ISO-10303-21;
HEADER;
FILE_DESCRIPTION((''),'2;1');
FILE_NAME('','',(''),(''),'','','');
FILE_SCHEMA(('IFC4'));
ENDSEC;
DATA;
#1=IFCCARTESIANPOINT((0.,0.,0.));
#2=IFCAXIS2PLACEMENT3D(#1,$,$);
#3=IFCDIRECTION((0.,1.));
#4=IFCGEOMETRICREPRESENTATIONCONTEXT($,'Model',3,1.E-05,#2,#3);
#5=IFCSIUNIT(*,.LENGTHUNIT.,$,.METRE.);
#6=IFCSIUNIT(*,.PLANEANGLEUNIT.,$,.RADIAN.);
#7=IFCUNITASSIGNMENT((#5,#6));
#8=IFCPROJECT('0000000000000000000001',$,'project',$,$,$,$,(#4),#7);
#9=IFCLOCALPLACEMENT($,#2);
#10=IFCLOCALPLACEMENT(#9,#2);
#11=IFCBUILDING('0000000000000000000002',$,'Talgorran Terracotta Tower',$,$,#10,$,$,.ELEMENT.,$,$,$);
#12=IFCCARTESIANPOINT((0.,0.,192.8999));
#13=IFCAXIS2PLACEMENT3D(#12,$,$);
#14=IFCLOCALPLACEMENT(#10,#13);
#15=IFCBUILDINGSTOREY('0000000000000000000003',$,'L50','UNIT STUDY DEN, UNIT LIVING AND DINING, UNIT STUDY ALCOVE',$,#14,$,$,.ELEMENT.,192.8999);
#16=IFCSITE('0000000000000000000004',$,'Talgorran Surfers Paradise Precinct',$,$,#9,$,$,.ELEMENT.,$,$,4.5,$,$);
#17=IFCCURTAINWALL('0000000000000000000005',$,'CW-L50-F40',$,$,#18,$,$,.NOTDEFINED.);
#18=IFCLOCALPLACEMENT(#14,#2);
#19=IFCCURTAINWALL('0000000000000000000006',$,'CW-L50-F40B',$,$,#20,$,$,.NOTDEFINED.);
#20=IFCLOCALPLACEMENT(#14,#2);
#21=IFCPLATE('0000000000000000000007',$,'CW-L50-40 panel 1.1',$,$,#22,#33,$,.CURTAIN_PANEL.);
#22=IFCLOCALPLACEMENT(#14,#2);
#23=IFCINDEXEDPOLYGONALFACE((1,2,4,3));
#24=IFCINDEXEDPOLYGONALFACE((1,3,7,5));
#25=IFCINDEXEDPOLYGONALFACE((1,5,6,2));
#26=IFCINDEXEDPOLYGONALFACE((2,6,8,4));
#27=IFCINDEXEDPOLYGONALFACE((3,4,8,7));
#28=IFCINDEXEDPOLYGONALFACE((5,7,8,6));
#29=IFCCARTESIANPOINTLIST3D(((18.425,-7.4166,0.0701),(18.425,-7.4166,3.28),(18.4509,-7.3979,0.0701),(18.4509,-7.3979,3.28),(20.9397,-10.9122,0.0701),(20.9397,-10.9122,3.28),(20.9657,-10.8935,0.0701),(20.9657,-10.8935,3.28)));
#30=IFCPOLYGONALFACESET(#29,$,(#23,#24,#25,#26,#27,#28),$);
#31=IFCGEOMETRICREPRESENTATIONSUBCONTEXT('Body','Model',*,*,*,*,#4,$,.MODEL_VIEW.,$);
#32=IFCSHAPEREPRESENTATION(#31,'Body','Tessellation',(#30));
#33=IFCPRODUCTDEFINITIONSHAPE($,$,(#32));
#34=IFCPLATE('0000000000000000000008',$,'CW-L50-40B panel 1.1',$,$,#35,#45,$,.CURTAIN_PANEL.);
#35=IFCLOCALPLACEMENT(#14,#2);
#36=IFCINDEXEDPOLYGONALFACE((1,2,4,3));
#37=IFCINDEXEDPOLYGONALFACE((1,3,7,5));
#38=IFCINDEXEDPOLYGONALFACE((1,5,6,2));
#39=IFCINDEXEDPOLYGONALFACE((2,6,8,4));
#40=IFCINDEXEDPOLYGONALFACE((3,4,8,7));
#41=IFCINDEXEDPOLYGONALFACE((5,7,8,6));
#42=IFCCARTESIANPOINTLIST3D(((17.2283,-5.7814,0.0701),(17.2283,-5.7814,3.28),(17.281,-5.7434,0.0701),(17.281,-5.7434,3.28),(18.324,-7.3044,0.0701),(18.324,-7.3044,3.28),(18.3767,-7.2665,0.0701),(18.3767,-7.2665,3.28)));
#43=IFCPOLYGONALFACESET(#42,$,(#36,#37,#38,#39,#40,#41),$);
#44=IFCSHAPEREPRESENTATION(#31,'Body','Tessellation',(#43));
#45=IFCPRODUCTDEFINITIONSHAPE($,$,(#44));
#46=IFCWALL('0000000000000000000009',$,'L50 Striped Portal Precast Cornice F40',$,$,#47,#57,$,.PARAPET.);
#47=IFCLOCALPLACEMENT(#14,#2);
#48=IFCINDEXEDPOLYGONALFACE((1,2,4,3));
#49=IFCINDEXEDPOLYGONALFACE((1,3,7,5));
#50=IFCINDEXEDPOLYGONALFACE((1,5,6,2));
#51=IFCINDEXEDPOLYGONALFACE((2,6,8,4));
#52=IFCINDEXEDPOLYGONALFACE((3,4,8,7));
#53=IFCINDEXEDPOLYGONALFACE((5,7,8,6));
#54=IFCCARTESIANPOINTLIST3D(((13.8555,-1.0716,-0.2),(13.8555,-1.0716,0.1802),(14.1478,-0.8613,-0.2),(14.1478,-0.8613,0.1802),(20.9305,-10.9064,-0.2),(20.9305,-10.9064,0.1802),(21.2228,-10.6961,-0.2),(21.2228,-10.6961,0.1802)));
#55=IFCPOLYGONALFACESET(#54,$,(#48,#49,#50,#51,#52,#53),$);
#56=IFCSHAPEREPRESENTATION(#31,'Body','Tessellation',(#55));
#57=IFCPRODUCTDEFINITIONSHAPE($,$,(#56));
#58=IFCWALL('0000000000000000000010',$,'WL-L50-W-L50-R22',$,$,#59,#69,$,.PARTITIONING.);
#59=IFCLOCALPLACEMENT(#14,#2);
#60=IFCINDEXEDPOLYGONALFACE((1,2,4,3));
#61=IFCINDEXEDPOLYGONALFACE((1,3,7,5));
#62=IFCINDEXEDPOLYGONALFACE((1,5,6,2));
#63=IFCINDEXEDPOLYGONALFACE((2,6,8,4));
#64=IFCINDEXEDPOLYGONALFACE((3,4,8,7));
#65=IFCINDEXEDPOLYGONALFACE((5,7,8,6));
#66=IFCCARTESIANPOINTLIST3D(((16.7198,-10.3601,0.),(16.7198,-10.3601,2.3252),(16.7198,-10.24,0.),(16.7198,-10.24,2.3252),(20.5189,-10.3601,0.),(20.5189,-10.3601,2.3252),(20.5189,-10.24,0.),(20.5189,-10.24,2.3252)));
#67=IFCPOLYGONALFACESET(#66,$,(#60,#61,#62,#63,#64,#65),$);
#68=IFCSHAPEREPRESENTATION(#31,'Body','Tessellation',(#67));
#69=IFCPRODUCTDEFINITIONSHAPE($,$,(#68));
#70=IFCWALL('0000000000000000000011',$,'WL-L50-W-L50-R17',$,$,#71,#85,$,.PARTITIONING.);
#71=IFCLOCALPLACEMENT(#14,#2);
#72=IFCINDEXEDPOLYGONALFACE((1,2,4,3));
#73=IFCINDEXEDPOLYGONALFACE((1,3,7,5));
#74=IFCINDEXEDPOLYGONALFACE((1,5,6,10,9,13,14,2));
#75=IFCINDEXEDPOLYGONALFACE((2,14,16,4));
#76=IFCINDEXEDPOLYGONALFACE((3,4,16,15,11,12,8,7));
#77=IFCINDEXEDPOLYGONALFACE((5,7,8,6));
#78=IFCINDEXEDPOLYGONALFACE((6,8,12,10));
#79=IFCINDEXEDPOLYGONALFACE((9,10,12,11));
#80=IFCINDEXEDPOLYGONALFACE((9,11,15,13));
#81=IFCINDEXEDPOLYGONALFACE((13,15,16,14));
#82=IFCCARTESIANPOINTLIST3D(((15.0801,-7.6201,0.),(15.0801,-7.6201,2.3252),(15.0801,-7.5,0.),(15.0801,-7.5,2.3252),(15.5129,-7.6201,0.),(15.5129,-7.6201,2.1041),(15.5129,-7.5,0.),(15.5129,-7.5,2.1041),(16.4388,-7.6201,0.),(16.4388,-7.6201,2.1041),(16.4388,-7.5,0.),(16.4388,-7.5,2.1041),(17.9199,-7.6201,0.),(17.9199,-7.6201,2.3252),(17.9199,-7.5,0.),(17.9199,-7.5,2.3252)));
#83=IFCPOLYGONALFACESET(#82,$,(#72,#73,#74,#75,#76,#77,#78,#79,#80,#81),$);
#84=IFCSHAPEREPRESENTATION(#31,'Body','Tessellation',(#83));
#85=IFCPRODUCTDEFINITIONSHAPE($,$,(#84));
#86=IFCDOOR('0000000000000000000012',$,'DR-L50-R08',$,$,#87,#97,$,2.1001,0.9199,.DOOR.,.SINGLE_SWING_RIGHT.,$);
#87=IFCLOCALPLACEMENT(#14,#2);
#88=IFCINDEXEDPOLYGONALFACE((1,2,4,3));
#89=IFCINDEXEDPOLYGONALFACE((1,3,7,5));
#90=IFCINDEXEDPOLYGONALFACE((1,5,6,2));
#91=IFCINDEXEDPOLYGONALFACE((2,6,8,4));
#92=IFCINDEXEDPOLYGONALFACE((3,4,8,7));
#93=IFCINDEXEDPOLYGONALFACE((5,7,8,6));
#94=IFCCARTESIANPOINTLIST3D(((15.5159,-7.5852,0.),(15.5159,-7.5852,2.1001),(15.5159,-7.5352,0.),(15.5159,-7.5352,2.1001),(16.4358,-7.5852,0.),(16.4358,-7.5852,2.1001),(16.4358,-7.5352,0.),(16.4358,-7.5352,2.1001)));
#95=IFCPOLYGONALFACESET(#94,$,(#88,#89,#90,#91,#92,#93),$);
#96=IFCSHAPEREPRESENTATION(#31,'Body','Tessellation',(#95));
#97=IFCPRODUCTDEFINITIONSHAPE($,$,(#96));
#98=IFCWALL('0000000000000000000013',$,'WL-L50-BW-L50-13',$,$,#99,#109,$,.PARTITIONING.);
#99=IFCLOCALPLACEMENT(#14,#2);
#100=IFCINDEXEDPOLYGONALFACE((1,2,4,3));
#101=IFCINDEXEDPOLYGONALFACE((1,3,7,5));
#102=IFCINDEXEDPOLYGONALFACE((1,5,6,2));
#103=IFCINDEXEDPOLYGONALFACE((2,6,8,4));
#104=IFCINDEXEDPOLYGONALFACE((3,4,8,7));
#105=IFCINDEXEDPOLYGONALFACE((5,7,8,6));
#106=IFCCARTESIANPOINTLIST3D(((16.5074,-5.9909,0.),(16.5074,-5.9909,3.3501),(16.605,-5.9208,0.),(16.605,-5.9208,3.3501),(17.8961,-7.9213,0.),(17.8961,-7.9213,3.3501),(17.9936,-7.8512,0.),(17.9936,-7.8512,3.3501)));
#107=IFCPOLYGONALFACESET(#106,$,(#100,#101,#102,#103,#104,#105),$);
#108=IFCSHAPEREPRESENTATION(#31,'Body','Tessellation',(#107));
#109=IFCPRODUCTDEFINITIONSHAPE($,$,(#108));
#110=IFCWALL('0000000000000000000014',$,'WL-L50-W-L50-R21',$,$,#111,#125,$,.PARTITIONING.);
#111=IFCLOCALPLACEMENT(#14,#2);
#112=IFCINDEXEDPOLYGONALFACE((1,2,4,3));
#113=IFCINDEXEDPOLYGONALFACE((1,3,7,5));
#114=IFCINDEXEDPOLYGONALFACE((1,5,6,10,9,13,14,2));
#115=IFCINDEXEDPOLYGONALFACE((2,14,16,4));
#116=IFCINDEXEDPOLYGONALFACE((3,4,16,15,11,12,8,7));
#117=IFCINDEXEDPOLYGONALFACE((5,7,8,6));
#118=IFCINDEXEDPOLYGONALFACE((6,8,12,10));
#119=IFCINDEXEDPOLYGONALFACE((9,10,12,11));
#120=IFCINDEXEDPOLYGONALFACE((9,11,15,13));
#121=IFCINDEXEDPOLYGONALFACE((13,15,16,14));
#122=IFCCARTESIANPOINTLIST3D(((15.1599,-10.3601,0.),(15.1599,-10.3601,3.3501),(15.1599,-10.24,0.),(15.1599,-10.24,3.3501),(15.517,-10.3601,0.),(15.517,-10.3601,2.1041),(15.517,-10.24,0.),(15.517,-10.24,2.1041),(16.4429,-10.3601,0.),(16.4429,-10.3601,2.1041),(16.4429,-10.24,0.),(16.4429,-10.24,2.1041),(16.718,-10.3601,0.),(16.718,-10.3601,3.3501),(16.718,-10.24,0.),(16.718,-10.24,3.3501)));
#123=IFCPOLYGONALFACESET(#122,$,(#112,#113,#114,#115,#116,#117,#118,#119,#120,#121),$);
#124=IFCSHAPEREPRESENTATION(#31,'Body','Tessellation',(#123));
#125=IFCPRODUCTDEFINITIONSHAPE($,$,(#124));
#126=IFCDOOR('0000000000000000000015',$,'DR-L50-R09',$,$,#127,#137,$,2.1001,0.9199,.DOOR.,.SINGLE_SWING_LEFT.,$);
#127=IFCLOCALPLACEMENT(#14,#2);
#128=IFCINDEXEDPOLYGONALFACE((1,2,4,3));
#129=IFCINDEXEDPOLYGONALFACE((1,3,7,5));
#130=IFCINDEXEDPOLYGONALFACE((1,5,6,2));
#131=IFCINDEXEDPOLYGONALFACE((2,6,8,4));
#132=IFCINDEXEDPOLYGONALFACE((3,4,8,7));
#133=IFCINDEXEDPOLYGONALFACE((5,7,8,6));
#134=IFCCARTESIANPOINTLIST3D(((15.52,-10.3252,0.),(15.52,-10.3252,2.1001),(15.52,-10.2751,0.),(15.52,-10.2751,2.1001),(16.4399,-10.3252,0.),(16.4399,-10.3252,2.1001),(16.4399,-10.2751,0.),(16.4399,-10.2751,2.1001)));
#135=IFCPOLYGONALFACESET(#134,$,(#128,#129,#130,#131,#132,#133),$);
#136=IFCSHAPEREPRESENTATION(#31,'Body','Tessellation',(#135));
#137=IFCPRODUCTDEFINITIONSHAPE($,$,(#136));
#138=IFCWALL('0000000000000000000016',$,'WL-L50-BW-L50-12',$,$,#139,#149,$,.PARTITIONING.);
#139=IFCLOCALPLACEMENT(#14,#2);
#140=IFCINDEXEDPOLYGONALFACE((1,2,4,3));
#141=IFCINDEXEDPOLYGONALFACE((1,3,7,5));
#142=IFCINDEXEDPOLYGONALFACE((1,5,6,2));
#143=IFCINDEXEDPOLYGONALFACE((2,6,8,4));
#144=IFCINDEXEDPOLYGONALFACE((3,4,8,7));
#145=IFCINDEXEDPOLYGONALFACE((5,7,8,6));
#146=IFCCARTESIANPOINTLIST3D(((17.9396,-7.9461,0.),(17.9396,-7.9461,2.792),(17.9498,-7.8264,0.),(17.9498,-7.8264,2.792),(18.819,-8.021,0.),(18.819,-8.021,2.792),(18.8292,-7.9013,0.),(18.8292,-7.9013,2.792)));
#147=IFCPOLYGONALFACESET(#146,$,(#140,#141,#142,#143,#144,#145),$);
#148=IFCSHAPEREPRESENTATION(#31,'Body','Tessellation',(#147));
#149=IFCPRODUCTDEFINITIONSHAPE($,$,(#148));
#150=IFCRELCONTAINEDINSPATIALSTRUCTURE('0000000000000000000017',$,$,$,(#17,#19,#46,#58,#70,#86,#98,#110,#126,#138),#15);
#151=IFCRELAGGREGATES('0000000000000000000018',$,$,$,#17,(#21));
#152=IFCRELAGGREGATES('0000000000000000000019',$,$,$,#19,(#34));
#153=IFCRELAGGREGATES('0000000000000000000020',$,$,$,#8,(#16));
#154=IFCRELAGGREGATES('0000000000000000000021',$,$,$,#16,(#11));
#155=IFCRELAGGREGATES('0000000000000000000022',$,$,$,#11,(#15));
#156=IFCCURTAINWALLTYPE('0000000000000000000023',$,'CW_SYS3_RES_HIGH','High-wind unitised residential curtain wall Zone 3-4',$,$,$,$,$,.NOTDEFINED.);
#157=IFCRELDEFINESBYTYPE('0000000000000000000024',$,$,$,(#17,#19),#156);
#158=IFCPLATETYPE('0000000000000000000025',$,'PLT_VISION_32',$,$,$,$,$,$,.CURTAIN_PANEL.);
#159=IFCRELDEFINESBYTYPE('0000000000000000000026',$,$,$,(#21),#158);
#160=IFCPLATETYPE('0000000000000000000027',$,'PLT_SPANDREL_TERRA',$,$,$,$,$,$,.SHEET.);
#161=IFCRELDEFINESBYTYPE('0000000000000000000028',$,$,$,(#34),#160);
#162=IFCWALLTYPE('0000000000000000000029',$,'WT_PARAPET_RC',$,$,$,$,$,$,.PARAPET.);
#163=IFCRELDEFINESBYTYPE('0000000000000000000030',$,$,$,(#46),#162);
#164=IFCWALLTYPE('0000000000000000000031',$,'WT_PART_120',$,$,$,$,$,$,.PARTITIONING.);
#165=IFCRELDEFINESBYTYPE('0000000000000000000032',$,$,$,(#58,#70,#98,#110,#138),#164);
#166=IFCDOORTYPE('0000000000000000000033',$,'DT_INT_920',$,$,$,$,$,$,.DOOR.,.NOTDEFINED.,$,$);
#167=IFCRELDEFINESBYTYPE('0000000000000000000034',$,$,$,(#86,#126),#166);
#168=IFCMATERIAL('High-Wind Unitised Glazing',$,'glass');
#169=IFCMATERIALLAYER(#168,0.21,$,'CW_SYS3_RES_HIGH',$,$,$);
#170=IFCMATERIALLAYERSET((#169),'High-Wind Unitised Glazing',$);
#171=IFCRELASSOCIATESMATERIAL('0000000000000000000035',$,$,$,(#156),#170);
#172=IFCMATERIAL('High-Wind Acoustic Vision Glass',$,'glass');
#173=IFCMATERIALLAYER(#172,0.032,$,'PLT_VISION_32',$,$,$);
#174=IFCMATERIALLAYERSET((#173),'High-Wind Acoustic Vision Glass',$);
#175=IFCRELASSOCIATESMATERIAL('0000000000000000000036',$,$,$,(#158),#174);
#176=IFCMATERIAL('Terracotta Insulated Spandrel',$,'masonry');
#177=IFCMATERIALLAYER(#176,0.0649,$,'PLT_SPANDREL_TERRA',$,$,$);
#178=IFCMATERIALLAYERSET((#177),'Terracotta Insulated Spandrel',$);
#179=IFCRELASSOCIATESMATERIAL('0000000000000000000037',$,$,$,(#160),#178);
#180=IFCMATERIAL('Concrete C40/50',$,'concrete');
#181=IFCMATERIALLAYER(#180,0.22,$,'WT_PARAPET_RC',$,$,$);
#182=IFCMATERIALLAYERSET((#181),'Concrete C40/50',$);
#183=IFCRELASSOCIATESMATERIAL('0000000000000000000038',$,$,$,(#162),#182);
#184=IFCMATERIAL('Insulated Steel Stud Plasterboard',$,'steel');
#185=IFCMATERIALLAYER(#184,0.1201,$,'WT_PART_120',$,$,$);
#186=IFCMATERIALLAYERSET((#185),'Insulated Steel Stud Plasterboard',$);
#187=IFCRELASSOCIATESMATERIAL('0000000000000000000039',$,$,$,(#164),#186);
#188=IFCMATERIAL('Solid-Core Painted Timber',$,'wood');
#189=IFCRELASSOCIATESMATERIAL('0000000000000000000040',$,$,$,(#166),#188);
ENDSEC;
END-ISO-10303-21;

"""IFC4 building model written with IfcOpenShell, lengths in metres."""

from ifc_helpers import new_model, si_unit, direction, frame, frame_2d, origin, origin_2d, place, context, subcontext, project, spatial, rectangle, extrude, source, transform, mapped, material, layer, layer_set, type_object, type_shapes, element, fill, aggregate, save


model = new_model("IFC4")

# Units and contexts
model_context = context("Model", 3, precision=1e-05, world=origin(), true_north=direction((0.0, 1.0)))
body_context = subcontext(model_context, "Body", "Model", "MODEL_VIEW")
ifc_project = project(units=[si_unit("LENGTHUNIT", "METRE"), si_unit("PLANEANGLEUNIT", "RADIAN")], contexts=[model_context])

# Site, building, storey
site_placement = place(None, origin())
site = spatial("IfcSite", under=ifc_project, at=site_placement, Name="Talgorran Surfers Paradise Precinct", CompositionType="ELEMENT", RefElevation=4.5)
building_placement = place(site_placement, origin())
building = spatial("IfcBuilding", under=site, at=building_placement, Name="Talgorran Terracotta Tower", CompositionType="ELEMENT")
storey_placement = place(building_placement, frame((0.0, 0.0, 192.8999)))
storey = spatial("IfcBuildingStorey", under=building, at=storey_placement, Name="L50", Description="UNIT STUDY DEN, UNIT LIVING AND DINING, UNIT STUDY ALCOVE", CompositionType="ELEMENT", Elevation=192.8999)

# Curtain wall
ifc_material_1 = material(Name="High-Wind Unitised Glazing", Category="glass")
ifc_layer_1 = layer(ifc_material_1, 0.21, Name="CW_SYS3_RES_HIGH")
ifc_layer_set_1 = layer_set([ifc_layer_1], Name="High-Wind Unitised Glazing")
curtain_wall_type = type_object("IfcCurtainWallType", Name="CW_SYS3_RES_HIGH", Description="High-wind unitised residential curtain wall Zone 3-4", PredefinedType="NOTDEFINED", material=ifc_layer_set_1)
curtain_wall_1_placement = place(storey_placement, origin())
curtain_wall_1 = element("IfcCurtainWall", 1, at=curtain_wall_1_placement, inside=storey, type_object=curtain_wall_type, Name="CW-L50-F40", PredefinedType="NOTDEFINED")

# Curtain wall
curtain_wall_2_placement = place(storey_placement, origin())
curtain_wall_2 = element("IfcCurtainWall", 2, at=curtain_wall_2_placement, inside=storey, type_object=curtain_wall_type, Name="CW-L50-F40B", PredefinedType="NOTDEFINED")

# Plates
ifc_material_2 = material(Name="High-Wind Acoustic Vision Glass", Category="glass")
ifc_layer_2 = layer(ifc_material_2, 0.032, Name="PLT_VISION_32")
ifc_layer_set_2 = layer_set([ifc_layer_2], Name="High-Wind Acoustic Vision Glass")
plate_type_1 = type_object("IfcPlateType", Name="PLT_VISION_32", PredefinedType="CURTAIN_PANEL", material=ifc_layer_set_2)
shared_shape_1 = source(origin(), body_context, "Body", "SweptSolid", [
    extrude(rectangle(XDim=4.3062, YDim=0.032, at=origin_2d()), origin(), (0.0, 0.0, 1.0), 3.21),
])
type_shapes(plate_type_1, [shared_shape_1])
plate_1_placement = place(storey_placement, frame((19.6953, -9.155, 0.0701), z_axis=(0.0, 0.0, 1.0), x_axis=(-0.58399, 0.811761, 0.0)))
plate_1 = element("IfcPlate", 3, at=plate_1_placement, type_object=plate_type_1, Name="CW-L50-40 panel 1.1", PredefinedType="CURTAIN_PANEL", context=body_context, shape_type="MappedRepresentation", body=[
    mapped(shared_shape_1, transform((0.0, 0.0, 0.0), scale=1.0)),
])
aggregate(curtain_wall_1, [plate_1])
ifc_material_3 = material(Name="Terracotta Insulated Spandrel", Category="masonry")
ifc_layer_3 = layer(ifc_material_3, 0.0649, Name="PLT_SPANDREL_TERRA")
ifc_layer_set_3 = layer_set([ifc_layer_3], Name="Terracotta Insulated Spandrel")
plate_type_2 = type_object("IfcPlateType", Name="PLT_SPANDREL_TERRA", PredefinedType="SHEET", material=ifc_layer_set_3)
shared_shape_2 = source(origin(), body_context, "Body", "SweptSolid", [
    extrude(rectangle(XDim=1.8762, YDim=0.0649, at=origin_2d()), origin(), (0.0, 0.0, 1.0), 3.21),
])
type_shapes(plate_type_2, [shared_shape_2])
plate_2_placement = place(storey_placement, frame((17.8025, -6.5239, 0.0701), z_axis=(0.0, 0.0, 1.0), x_axis=(-0.58397, 0.811775, 0.0)))
plate_2 = element("IfcPlate", 4, at=plate_2_placement, type_object=plate_type_2, Name="CW-L50-40B panel 1.1", PredefinedType="CURTAIN_PANEL", context=body_context, shape_type="MappedRepresentation", body=[
    mapped(shared_shape_2, transform((0.0, 0.0, 0.0), scale=1.0)),
])
aggregate(curtain_wall_2, [plate_2])

# Walls
ifc_material_4 = material(Name="Concrete C40/50", Category="concrete")
ifc_layer_4 = layer(ifc_material_4, 0.22, Name="WT_PARAPET_RC")
ifc_layer_set_4 = layer_set([ifc_layer_4], Name="Concrete C40/50")
wall_type_1 = type_object("IfcWallType", Name="WT_PARAPET_RC", PredefinedType="PARAPET", material=ifc_layer_set_4)
wall_1_placement = place(storey_placement, frame((21.0767, -10.8013, -0.2), z_axis=(0.0, 0.0, 1.0), x_axis=(-0.583976, 0.811771, 0.0)))
element("IfcWall", 5, at=wall_1_placement, inside=storey, type_object=wall_type_1, Name="L50 Striped Portal Precast Cornice F40", PredefinedType="PARAPET", context=body_context, shape_type="SweptSolid", body=[
    extrude(rectangle(XDim=12.1152, YDim=0.3601, at=frame_2d((6.0576, 0.0))), origin(), (0.0, 0.0, 1.0), 0.3801),
])
ifc_material_5 = material(Name="Insulated Steel Stud Plasterboard", Category="steel")
ifc_layer_5 = layer(ifc_material_5, 0.1201, Name="WT_PART_120")
ifc_layer_set_5 = layer_set([ifc_layer_5], Name="Insulated Steel Stud Plasterboard")
wall_type_2 = type_object("IfcWallType", Name="WT_PART_120", PredefinedType="PARTITIONING", material=ifc_layer_set_5)
wall_2_placement = place(storey_placement, frame((16.72, -10.3, 0.0), z_axis=(0.0, 0.0, 1.0), x_axis=(1.0, 0.0, 0.0)))
element("IfcWall", 6, at=wall_2_placement, inside=storey, type_object=wall_type_2, Name="WL-L50-W-L50-R22", PredefinedType="PARTITIONING", context=body_context, shape_type="SweptSolid", body=[
    extrude(rectangle(XDim=3.7991, YDim=0.1201, at=frame_2d((1.8994, 0.0))), origin(), (0.0, 0.0, 1.0), 2.3252),
])

# Wall, opening, door
wall_3_placement = place(storey_placement, frame((15.0801, -7.5601, 0.0), z_axis=(0.0, 0.0, 1.0), x_axis=(1.0, 0.0, 0.0)))
wall_3 = element("IfcWall", 7, at=wall_3_placement, inside=storey, type_object=wall_type_2, Name="WL-L50-W-L50-R17", PredefinedType="PARTITIONING", context=body_context, shape_type="SweptSolid", body=[
    extrude(rectangle(XDim=2.8398, YDim=0.1201, at=frame_2d((1.4199, 0.0))), origin(), (0.0, 0.0, 1.0), 2.3252),
])
opening_1_placement = place(wall_3_placement, frame((0.4358, 0.0, 0.0)))
opening_1 = element("IfcOpeningElement", 8, at=opening_1_placement, cuts=wall_3, PredefinedType="OPENING", context=body_context, shape_type="SweptSolid", body=[
    extrude(rectangle(XDim=0.9259, YDim=2.1041, at=frame_2d((0.46, 1.052))), frame((0.0, 0.0701, 0.0), z_axis=(0.0, -1.0, 0.0), x_axis=(1.0, 0.0, 0.0)), (0.0, 0.0, 1.0), 0.1401),
])
ifc_material_6 = material(Name="Solid-Core Painted Timber", Category="wood")
door_type_1 = type_object("IfcDoorType", Name="DT_INT_920", OperationType="NOTDEFINED", PredefinedType="DOOR", material=ifc_material_6)
door_1_placement = place(opening_1_placement, origin())
door_1 = element("IfcDoor", 9, at=door_1_placement, inside=storey, type_object=door_type_1, Name="DR-L50-R08", OperationType="SINGLE_SWING_RIGHT", OverallHeight=2.1001, OverallWidth=0.9199, PredefinedType="DOOR", context=body_context, shape_type="SweptSolid", body=[
    extrude(rectangle(XDim=0.9199, YDim=2.1001, at=frame_2d((0.46, 1.05))), frame((0.0, 0.0249, 0.0), z_axis=(0.0, -1.0, 0.0), x_axis=(1.0, 0.0, 0.0)), (0.0, 0.0, 1.0), 0.05),
])
fill(opening_1, door_1)

# Wall
wall_4_placement = place(storey_placement, frame((17.9448, -7.8862, 0.0), z_axis=(0.0, 0.0, 1.0), x_axis=(-0.583964, 0.81178, 0.0)))
element("IfcWall", 10, at=wall_4_placement, inside=storey, type_object=wall_type_2, Name="WL-L50-BW-L50-13", PredefinedType="PARTITIONING", context=body_context, shape_type="SweptSolid", body=[
    extrude(rectangle(XDim=2.3779, YDim=0.1201, at=frame_2d((1.189, 0.0))), origin(), (0.0, 0.0, 1.0), 3.3501),
])

# Wall, opening, door
wall_5_placement = place(storey_placement, frame((15.1599, -10.3, 0.0), z_axis=(0.0, 0.0, 1.0), x_axis=(1.0, 0.0, 0.0)))
wall_5 = element("IfcWall", 11, at=wall_5_placement, inside=storey, type_object=wall_type_2, Name="WL-L50-W-L50-R21", PredefinedType="PARTITIONING", context=body_context, shape_type="SweptSolid", body=[
    extrude(rectangle(XDim=1.5581, YDim=0.1201, at=frame_2d((0.7791, 0.0))), origin(), (0.0, 0.0, 1.0), 3.3501),
])
opening_2_placement = place(wall_5_placement, frame((0.3601, 0.0, 0.0)))
opening_2 = element("IfcOpeningElement", 12, at=opening_2_placement, cuts=wall_5, PredefinedType="OPENING", context=body_context, shape_type="SweptSolid", body=[
    extrude(rectangle(XDim=0.9259, YDim=2.1041, at=frame_2d((0.46, 1.052))), frame((0.0, 0.0701, 0.0), z_axis=(0.0, -1.0, 0.0), x_axis=(1.0, 0.0, 0.0)), (0.0, 0.0, 1.0), 0.1401),
])
door_2_placement = place(opening_2_placement, origin())
door_2 = element("IfcDoor", 13, at=door_2_placement, inside=storey, type_object=door_type_1, Name="DR-L50-R09", OperationType="SINGLE_SWING_LEFT", OverallHeight=2.1001, OverallWidth=0.9199, PredefinedType="DOOR", context=body_context, shape_type="SweptSolid", body=[
    extrude(rectangle(XDim=0.9199, YDim=2.1001, at=frame_2d((0.46, 1.05))), frame((0.0, 0.0249, 0.0), z_axis=(0.0, -1.0, 0.0), x_axis=(1.0, 0.0, 0.0)), (0.0, 0.0, 1.0), 0.05),
])
fill(opening_2, door_2)

# Wall
wall_6_placement = place(storey_placement, frame((18.8242, -7.9612, 0.0), z_axis=(0.0, 0.0, 1.0), x_axis=(-0.996388, 0.084923, 0.0)))
element("IfcWall", 14, at=wall_6_placement, inside=storey, type_object=wall_type_2, Name="WL-L50-BW-L50-12", PredefinedType="PARTITIONING", context=body_context, shape_type="SweptSolid", body=[
    extrude(rectangle(XDim=0.8826, YDim=0.1201, at=frame_2d((0.4414, 0.0))), origin(), (0.0, 0.0, 1.0), 2.792),
])

save(model, "model.ifc")
